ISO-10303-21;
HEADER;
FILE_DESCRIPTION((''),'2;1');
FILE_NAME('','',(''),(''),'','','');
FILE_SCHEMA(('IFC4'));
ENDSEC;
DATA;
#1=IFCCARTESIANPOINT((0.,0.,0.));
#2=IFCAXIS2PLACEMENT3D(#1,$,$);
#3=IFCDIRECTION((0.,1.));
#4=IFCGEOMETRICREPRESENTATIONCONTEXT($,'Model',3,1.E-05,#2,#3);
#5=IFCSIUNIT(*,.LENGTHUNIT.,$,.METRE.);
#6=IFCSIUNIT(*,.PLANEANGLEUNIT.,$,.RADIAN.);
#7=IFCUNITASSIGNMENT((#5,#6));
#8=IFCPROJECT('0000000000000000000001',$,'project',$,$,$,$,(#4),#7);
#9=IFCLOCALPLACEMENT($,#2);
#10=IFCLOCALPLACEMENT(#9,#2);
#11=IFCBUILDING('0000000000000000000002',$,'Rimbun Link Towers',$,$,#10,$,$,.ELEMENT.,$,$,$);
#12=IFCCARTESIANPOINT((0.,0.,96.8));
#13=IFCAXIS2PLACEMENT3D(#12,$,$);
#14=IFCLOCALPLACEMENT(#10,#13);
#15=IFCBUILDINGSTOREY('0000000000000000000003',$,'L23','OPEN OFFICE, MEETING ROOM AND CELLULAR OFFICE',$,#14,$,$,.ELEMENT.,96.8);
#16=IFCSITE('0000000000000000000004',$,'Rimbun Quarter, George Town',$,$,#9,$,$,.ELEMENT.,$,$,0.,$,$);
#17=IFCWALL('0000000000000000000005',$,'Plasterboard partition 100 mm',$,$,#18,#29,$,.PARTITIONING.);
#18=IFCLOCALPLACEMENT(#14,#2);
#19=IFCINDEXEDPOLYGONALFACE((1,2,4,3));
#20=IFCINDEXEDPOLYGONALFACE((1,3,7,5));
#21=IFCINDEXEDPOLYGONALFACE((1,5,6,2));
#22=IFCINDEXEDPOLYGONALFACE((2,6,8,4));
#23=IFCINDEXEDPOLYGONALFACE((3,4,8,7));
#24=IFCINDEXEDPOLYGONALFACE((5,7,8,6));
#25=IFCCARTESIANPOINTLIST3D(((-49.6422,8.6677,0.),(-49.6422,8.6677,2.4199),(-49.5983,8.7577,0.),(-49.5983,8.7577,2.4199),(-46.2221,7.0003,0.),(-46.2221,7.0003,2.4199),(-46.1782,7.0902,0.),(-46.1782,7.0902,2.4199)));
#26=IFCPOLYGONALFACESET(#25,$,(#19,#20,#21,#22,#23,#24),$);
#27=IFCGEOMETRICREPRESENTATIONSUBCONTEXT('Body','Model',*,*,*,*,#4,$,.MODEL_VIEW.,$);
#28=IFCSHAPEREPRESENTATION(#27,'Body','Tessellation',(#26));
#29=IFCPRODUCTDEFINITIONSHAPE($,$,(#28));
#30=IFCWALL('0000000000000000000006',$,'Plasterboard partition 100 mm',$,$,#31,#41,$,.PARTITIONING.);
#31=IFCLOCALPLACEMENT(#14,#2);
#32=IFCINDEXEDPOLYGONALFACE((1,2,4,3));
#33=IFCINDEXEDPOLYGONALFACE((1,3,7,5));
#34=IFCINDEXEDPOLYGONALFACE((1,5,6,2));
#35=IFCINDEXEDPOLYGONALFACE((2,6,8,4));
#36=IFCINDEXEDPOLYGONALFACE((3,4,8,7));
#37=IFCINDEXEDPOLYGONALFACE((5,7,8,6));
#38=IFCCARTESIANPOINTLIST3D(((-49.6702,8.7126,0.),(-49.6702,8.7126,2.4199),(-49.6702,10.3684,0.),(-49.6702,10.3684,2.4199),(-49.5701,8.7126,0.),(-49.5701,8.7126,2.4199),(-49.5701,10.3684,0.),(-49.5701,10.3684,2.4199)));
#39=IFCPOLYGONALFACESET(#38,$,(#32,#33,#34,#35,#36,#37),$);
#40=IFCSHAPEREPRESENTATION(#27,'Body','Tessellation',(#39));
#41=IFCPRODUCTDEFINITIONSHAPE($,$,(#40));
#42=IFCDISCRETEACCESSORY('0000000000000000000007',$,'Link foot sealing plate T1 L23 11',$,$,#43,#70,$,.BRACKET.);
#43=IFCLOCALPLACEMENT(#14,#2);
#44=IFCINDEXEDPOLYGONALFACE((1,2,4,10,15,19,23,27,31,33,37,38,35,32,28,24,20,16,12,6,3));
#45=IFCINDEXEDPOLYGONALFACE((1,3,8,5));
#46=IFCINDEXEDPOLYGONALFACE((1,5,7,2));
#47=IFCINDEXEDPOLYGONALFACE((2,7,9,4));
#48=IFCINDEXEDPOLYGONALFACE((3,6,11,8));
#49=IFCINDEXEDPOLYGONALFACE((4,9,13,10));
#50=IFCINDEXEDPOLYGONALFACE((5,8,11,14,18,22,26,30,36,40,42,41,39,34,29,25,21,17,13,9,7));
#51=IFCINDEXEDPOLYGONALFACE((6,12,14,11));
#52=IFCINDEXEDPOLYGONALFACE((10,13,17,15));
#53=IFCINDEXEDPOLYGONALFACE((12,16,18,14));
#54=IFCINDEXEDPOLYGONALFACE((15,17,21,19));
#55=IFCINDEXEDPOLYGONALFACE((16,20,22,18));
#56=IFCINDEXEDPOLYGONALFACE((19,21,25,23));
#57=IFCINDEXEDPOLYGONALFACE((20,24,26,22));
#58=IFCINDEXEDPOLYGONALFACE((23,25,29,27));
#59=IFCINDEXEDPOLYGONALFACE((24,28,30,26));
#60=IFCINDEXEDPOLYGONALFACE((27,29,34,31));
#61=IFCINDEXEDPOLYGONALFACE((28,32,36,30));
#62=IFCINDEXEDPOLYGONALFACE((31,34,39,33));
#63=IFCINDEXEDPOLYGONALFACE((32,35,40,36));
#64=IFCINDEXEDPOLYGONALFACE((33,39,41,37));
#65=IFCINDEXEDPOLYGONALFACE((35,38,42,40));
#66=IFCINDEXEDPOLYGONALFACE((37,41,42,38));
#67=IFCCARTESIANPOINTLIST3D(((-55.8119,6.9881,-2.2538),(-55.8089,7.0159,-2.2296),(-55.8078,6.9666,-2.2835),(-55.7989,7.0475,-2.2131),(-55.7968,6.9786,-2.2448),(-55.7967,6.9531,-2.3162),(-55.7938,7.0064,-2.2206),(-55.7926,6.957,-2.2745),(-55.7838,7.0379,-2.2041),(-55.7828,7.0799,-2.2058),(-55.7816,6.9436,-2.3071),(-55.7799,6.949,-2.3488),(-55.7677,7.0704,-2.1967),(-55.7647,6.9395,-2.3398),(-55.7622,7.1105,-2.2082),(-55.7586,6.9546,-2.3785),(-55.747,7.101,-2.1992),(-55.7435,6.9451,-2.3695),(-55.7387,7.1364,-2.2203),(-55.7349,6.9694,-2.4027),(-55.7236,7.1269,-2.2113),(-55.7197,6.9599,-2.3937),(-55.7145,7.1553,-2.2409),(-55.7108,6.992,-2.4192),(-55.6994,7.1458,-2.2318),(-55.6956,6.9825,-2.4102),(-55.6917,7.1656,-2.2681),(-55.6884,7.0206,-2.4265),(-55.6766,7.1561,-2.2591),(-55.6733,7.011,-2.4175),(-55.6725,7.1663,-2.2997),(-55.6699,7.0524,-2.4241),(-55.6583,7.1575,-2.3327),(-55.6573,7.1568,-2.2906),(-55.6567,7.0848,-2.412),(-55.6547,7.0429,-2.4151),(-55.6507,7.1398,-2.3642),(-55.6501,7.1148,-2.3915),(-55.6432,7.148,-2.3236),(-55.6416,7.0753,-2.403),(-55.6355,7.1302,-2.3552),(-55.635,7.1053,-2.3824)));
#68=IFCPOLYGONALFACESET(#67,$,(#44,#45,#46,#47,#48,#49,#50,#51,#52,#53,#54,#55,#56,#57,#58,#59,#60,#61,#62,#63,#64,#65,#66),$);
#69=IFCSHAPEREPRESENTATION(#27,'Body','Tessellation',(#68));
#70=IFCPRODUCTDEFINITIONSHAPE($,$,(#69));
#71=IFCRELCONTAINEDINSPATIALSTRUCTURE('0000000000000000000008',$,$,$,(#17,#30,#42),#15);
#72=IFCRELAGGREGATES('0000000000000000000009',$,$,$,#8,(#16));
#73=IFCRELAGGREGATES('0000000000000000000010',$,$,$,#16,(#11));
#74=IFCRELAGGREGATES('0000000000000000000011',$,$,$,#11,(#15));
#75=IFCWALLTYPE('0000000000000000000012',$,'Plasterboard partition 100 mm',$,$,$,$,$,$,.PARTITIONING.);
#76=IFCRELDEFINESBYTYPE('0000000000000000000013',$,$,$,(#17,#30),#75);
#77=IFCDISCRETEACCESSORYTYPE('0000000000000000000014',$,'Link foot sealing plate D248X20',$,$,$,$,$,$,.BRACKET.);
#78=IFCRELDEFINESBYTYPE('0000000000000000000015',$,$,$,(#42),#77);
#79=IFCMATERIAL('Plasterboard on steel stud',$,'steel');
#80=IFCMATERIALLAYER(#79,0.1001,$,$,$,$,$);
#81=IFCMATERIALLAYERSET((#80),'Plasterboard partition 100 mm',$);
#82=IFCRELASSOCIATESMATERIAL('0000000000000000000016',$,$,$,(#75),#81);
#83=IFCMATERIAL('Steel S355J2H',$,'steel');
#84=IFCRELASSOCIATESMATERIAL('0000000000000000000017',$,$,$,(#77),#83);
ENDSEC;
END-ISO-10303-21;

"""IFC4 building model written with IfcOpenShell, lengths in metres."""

from ifc_helpers import new_model, si_unit, direction, frame, frame_2d, origin, origin_2d, place, context, subcontext, project, spatial, rectangle, circle, extrude, material, layer, layer_set, material_profile, profile_set, type_object, element, save


model = new_model("IFC4")

# Units and contexts
model_context = context("Model", 3, precision=1e-05, world=origin(), true_north=direction((0.0, 1.0)))
body_context = subcontext(model_context, "Body", "Model", "MODEL_VIEW")
ifc_project = project(units=[si_unit("LENGTHUNIT", "METRE"), si_unit("PLANEANGLEUNIT", "RADIAN")], contexts=[model_context])

# Site, building, storey
site_placement = place(None, origin())
site = spatial("IfcSite", under=ifc_project, at=site_placement, Name="Rimbun Quarter, George Town", CompositionType="ELEMENT", RefElevation=0.0)
building_placement = place(site_placement, origin())
building = spatial("IfcBuilding", under=site, at=building_placement, Name="Rimbun Link Towers", CompositionType="ELEMENT")
storey_placement = place(building_placement, frame((0.0, 0.0, 96.8)))
storey = spatial("IfcBuildingStorey", under=building, at=storey_placement, Name="L23", Description="OPEN OFFICE, MEETING ROOM AND CELLULAR OFFICE", CompositionType="ELEMENT", Elevation=96.8)

# Walls
ifc_material_1 = material(Name="Plasterboard on steel stud", Category="steel")
ifc_layer_1 = layer(ifc_material_1, 0.1001)
ifc_layer_set_1 = layer_set([ifc_layer_1], Name="Plasterboard partition 100 mm")
wall_type_1 = type_object("IfcWallType", Name="Plasterboard partition 100 mm", PredefinedType="PARTITIONING", material=ifc_layer_set_1)
wall_1_placement = place(storey_placement, frame((-49.6201, 8.7126, 0.0), z_axis=(0.0, 0.0, 1.0), x_axis=(0.898861, -0.438234, 0.0)))
element("IfcWall", 1, at=wall_1_placement, inside=storey, type_object=wall_type_1, Name="Plasterboard partition 100 mm", PredefinedType="PARTITIONING", context=body_context, shape_type="SweptSolid", body=[
    extrude(rectangle(XDim=3.8049, YDim=0.1001, at=frame_2d((1.9023, 0.0))), origin(), (0.0, 0.0, 1.0), 2.4199),
])
wall_2_placement = place(storey_placement, frame((-49.6201, 10.3684, 0.0), z_axis=(0.0, 0.0, 1.0), x_axis=(0.0, -1.0, 0.0)))
element("IfcWall", 2, at=wall_2_placement, inside=storey, type_object=wall_type_1, Name="Plasterboard partition 100 mm", PredefinedType="PARTITIONING", context=body_context, shape_type="SweptSolid", body=[
    extrude(rectangle(XDim=1.6558, YDim=0.1001, at=frame_2d((0.8279, 0.0))), origin(), (0.0, 0.0, 1.0), 2.4199),
])

# Discrete accessory
ifc_material_2 = material(Name="Steel S355J2H", Category="steel")
ifc_material_profile_1 = material_profile(ifc_material_2, circle(Radius=0.124, at=origin_2d()), Name="PL D248")
ifc_profile_set_1 = profile_set([ifc_material_profile_1], Name="Steel S355J2H")
discrete_accessory_type = type_object("IfcDiscreteAccessoryType", Name="Link foot sealing plate D248X20", PredefinedType="BRACKET", material=ifc_profile_set_1)
discrete_accessory_placement = place(storey_placement, frame((-55.7156, 7.0486, -2.3071), z_axis=(-0.755536, 0.475256, -0.450884), x_axis=(-0.532451, -0.846461, 0.0)))
element("IfcDiscreteAccessory", 3, at=discrete_accessory_placement, inside=storey, type_object=discrete_accessory_type, Name="Link foot sealing plate T1 L23 11", PredefinedType="BRACKET", context=body_context, shape_type="SweptSolid", body=[
    extrude(circle(Radius=0.124, at=origin_2d()), origin(), (0.0, 0.0, 1.0), 0.02),
])

save(model, "model.ifc")
